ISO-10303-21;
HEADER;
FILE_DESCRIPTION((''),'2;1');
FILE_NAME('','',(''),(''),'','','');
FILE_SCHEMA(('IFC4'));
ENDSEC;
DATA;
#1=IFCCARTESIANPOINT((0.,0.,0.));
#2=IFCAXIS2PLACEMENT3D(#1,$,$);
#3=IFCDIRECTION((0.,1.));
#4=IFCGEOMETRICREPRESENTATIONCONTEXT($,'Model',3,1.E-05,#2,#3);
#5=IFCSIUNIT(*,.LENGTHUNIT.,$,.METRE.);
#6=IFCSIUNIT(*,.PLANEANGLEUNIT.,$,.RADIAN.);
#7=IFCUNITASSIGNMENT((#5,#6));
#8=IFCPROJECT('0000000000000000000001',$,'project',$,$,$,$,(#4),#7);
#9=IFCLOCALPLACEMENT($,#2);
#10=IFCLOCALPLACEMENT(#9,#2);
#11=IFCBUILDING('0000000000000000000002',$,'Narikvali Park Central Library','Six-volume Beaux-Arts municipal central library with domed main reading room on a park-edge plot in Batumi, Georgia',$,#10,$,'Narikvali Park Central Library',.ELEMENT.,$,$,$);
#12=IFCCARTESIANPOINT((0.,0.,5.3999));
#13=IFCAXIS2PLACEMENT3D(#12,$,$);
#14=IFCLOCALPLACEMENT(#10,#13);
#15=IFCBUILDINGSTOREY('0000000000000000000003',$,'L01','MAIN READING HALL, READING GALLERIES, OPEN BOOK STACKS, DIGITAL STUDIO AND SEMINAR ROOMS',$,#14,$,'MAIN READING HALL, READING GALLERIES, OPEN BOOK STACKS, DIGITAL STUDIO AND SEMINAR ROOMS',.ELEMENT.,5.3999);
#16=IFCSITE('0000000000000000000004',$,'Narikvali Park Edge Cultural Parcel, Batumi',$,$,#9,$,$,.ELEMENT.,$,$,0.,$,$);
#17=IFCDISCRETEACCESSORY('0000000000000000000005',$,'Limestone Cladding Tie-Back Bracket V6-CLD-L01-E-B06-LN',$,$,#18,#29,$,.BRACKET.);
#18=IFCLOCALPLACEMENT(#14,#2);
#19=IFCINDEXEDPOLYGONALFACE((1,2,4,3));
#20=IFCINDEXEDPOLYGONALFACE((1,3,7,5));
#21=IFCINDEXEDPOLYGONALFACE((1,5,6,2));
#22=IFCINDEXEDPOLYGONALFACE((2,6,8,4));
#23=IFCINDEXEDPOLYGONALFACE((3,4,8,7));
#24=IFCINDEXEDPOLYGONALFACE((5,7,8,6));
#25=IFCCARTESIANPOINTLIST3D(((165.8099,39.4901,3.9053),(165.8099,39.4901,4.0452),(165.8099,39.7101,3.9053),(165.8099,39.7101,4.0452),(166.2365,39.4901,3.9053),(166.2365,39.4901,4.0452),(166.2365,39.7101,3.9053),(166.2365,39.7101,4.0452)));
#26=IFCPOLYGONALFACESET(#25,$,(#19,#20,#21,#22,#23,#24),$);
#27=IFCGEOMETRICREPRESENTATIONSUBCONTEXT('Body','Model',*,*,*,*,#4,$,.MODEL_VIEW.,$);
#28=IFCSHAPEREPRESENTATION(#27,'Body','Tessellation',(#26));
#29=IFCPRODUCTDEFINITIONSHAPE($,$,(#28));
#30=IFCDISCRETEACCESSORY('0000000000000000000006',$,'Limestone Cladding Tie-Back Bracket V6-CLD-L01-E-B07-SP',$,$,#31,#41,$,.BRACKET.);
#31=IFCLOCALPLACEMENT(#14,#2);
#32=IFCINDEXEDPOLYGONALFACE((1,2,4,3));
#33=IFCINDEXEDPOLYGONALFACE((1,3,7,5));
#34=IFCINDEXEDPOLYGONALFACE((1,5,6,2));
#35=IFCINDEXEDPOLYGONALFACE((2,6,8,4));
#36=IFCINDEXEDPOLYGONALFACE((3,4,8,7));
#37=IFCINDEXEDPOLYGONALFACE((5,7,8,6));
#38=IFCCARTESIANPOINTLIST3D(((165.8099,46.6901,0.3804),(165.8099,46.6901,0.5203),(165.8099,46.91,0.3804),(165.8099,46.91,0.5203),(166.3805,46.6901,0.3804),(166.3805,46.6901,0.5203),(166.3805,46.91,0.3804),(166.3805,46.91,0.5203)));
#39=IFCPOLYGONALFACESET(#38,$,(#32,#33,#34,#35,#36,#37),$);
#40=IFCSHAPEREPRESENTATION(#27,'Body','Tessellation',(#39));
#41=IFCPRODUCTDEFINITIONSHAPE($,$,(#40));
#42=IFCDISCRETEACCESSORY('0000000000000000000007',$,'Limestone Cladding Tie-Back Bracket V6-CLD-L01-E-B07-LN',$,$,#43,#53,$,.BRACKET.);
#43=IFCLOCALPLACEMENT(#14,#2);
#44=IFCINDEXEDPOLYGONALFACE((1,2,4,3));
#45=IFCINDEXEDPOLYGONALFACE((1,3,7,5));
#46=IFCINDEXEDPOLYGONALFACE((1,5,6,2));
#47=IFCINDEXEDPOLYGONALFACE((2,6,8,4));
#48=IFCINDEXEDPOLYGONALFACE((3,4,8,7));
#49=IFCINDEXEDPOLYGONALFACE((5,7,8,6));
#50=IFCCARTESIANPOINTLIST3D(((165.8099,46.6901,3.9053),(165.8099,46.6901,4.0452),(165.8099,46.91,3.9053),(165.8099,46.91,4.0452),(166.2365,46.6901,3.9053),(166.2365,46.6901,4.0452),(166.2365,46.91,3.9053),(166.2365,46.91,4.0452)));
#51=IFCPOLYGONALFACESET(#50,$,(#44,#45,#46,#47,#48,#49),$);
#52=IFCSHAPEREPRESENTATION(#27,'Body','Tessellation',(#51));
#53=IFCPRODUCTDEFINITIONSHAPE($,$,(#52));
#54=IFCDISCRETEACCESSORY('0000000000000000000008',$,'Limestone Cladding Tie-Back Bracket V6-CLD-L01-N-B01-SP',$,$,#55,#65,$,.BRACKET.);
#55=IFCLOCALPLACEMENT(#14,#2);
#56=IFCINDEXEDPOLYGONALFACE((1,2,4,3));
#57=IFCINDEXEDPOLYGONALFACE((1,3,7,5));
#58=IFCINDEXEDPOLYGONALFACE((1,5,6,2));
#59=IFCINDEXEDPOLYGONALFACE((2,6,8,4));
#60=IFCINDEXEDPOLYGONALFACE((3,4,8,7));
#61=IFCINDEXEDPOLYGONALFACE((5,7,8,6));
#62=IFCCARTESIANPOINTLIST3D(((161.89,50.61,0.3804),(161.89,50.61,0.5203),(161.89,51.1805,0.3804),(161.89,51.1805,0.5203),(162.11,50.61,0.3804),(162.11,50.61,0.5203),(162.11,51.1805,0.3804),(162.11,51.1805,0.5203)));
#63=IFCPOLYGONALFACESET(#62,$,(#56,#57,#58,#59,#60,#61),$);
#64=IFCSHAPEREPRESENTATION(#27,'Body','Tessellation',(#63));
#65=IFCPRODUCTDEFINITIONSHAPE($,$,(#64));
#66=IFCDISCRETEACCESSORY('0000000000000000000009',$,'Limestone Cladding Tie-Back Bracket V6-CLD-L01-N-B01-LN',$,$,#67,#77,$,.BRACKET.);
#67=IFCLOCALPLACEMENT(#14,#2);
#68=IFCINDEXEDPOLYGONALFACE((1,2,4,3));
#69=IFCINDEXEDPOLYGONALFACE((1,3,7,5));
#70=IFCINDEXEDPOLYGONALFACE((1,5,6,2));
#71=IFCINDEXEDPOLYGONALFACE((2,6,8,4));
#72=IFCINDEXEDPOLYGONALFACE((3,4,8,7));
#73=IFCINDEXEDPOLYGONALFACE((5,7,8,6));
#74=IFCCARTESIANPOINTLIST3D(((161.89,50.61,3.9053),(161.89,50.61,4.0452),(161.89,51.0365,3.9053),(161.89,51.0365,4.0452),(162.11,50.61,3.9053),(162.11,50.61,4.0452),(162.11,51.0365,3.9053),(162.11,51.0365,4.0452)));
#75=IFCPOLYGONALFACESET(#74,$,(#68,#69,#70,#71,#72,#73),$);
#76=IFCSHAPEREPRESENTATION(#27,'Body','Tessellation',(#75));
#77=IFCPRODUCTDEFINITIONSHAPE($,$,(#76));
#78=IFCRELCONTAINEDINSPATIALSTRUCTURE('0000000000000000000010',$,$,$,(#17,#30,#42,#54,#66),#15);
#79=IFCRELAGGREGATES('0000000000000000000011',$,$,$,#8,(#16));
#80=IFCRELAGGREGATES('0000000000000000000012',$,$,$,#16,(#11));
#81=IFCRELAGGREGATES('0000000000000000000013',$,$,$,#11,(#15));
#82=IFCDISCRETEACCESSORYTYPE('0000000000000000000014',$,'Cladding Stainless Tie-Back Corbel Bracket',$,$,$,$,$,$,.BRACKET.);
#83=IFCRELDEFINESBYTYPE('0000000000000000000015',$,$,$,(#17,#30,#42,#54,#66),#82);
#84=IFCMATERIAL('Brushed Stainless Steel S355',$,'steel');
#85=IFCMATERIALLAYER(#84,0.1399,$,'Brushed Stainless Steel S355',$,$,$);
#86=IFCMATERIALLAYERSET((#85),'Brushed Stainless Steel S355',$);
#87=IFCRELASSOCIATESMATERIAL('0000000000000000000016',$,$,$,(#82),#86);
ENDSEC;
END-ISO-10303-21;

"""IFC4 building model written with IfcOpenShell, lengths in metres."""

from ifc_helpers import new_model, si_unit, direction, frame, origin, origin_2d, place, context, subcontext, project, spatial, rectangle, extrude, material, layer, layer_set, type_object, element, save


model = new_model("IFC4")

# Units and contexts
model_context = context("Model", 3, precision=1e-05, world=origin(), true_north=direction((0.0, 1.0)))
body_context = subcontext(model_context, "Body", "Model", "MODEL_VIEW")
ifc_project = project(units=[si_unit("LENGTHUNIT", "METRE"), si_unit("PLANEANGLEUNIT", "RADIAN")], contexts=[model_context])

# Site, building, storey
site_placement = place(None, origin())
site = spatial("IfcSite", under=ifc_project, at=site_placement, Name="Narikvali Park Edge Cultural Parcel, Batumi", CompositionType="ELEMENT", RefElevation=0.0)
building_placement = place(site_placement, origin())
building = spatial("IfcBuilding", under=site, at=building_placement, Name="Narikvali Park Central Library", Description="Six-volume Beaux-Arts municipal central library with domed main reading room on a park-edge plot in Batumi, Georgia", LongName="Narikvali Park Central Library", CompositionType="ELEMENT")
storey_placement = place(building_placement, frame((0.0, 0.0, 5.3999)))
storey = spatial("IfcBuildingStorey", under=building, at=storey_placement, Name="L01", Description="MAIN READING HALL, READING GALLERIES, OPEN BOOK STACKS, DIGITAL STUDIO AND SEMINAR ROOMS", LongName="MAIN READING HALL, READING GALLERIES, OPEN BOOK STACKS, DIGITAL STUDIO AND SEMINAR ROOMS", CompositionType="ELEMENT", Elevation=5.3999)

# Discrete accessories
ifc_material_1 = material(Name="Brushed Stainless Steel S355", Category="steel")
ifc_layer_1 = layer(ifc_material_1, 0.1399, Name="Brushed Stainless Steel S355")
ifc_layer_set_1 = layer_set([ifc_layer_1], Name="Brushed Stainless Steel S355")
discrete_accessory_type = type_object("IfcDiscreteAccessoryType", Name="Cladding Stainless Tie-Back Corbel Bracket", PredefinedType="BRACKET", material=ifc_layer_set_1)
discrete_accessory_1_placement = place(storey_placement, frame((166.0232, 39.6001, 3.9053), z_axis=(0.0, 0.0, 1.0), x_axis=(1.0, 0.0, 0.0)))
element("IfcDiscreteAccessory", 1, at=discrete_accessory_1_placement, inside=storey, type_object=discrete_accessory_type, Name="Limestone Cladding Tie-Back Bracket V6-CLD-L01-E-B06-LN", PredefinedType="BRACKET", context=body_context, shape_type="SweptSolid", body=[
    extrude(rectangle(XDim=0.4265, YDim=0.22, at=origin_2d()), origin(), (0.0, 0.0, 1.0), 0.1399),
])
discrete_accessory_2_placement = place(storey_placement, frame((166.0952, 46.8, 0.3804), z_axis=(0.0, 0.0, 1.0), x_axis=(1.0, 0.0, 0.0)))
element("IfcDiscreteAccessory", 2, at=discrete_accessory_2_placement, inside=storey, type_object=discrete_accessory_type, Name="Limestone Cladding Tie-Back Bracket V6-CLD-L01-E-B07-SP", PredefinedType="BRACKET", context=body_context, shape_type="SweptSolid", body=[
    extrude(rectangle(XDim=0.5706, YDim=0.22, at=origin_2d()), origin(), (0.0, 0.0, 1.0), 0.1399),
])
discrete_accessory_3_placement = place(storey_placement, frame((166.0232, 46.8, 3.9053), z_axis=(0.0, 0.0, 1.0), x_axis=(1.0, 0.0, 0.0)))
element("IfcDiscreteAccessory", 3, at=discrete_accessory_3_placement, inside=storey, type_object=discrete_accessory_type, Name="Limestone Cladding Tie-Back Bracket V6-CLD-L01-E-B07-LN", PredefinedType="BRACKET", context=body_context, shape_type="SweptSolid", body=[
    extrude(rectangle(XDim=0.4265, YDim=0.22, at=origin_2d()), origin(), (0.0, 0.0, 1.0), 0.1399),
])
discrete_accessory_4_placement = place(storey_placement, frame((162.0, 50.8953, 0.3804), z_axis=(0.0, 0.0, 1.0), x_axis=(1.0, 0.0, 0.0)))
element("IfcDiscreteAccessory", 4, at=discrete_accessory_4_placement, inside=storey, type_object=discrete_accessory_type, Name="Limestone Cladding Tie-Back Bracket V6-CLD-L01-N-B01-SP", PredefinedType="BRACKET", context=body_context, shape_type="SweptSolid", body=[
    extrude(rectangle(XDim=0.22, YDim=0.5706, at=origin_2d()), origin(), (0.0, 0.0, 1.0), 0.1399),
])
discrete_accessory_5_placement = place(storey_placement, frame((162.0, 50.8232, 3.9053), z_axis=(0.0, 0.0, 1.0), x_axis=(1.0, 0.0, 0.0)))
element("IfcDiscreteAccessory", 5, at=discrete_accessory_5_placement, inside=storey, type_object=discrete_accessory_type, Name="Limestone Cladding Tie-Back Bracket V6-CLD-L01-N-B01-LN", PredefinedType="BRACKET", context=body_context, shape_type="SweptSolid", body=[
    extrude(rectangle(XDim=0.22, YDim=0.4265, at=origin_2d()), origin(), (0.0, 0.0, 1.0), 0.1399),
])

save(model, "model.ifc")
